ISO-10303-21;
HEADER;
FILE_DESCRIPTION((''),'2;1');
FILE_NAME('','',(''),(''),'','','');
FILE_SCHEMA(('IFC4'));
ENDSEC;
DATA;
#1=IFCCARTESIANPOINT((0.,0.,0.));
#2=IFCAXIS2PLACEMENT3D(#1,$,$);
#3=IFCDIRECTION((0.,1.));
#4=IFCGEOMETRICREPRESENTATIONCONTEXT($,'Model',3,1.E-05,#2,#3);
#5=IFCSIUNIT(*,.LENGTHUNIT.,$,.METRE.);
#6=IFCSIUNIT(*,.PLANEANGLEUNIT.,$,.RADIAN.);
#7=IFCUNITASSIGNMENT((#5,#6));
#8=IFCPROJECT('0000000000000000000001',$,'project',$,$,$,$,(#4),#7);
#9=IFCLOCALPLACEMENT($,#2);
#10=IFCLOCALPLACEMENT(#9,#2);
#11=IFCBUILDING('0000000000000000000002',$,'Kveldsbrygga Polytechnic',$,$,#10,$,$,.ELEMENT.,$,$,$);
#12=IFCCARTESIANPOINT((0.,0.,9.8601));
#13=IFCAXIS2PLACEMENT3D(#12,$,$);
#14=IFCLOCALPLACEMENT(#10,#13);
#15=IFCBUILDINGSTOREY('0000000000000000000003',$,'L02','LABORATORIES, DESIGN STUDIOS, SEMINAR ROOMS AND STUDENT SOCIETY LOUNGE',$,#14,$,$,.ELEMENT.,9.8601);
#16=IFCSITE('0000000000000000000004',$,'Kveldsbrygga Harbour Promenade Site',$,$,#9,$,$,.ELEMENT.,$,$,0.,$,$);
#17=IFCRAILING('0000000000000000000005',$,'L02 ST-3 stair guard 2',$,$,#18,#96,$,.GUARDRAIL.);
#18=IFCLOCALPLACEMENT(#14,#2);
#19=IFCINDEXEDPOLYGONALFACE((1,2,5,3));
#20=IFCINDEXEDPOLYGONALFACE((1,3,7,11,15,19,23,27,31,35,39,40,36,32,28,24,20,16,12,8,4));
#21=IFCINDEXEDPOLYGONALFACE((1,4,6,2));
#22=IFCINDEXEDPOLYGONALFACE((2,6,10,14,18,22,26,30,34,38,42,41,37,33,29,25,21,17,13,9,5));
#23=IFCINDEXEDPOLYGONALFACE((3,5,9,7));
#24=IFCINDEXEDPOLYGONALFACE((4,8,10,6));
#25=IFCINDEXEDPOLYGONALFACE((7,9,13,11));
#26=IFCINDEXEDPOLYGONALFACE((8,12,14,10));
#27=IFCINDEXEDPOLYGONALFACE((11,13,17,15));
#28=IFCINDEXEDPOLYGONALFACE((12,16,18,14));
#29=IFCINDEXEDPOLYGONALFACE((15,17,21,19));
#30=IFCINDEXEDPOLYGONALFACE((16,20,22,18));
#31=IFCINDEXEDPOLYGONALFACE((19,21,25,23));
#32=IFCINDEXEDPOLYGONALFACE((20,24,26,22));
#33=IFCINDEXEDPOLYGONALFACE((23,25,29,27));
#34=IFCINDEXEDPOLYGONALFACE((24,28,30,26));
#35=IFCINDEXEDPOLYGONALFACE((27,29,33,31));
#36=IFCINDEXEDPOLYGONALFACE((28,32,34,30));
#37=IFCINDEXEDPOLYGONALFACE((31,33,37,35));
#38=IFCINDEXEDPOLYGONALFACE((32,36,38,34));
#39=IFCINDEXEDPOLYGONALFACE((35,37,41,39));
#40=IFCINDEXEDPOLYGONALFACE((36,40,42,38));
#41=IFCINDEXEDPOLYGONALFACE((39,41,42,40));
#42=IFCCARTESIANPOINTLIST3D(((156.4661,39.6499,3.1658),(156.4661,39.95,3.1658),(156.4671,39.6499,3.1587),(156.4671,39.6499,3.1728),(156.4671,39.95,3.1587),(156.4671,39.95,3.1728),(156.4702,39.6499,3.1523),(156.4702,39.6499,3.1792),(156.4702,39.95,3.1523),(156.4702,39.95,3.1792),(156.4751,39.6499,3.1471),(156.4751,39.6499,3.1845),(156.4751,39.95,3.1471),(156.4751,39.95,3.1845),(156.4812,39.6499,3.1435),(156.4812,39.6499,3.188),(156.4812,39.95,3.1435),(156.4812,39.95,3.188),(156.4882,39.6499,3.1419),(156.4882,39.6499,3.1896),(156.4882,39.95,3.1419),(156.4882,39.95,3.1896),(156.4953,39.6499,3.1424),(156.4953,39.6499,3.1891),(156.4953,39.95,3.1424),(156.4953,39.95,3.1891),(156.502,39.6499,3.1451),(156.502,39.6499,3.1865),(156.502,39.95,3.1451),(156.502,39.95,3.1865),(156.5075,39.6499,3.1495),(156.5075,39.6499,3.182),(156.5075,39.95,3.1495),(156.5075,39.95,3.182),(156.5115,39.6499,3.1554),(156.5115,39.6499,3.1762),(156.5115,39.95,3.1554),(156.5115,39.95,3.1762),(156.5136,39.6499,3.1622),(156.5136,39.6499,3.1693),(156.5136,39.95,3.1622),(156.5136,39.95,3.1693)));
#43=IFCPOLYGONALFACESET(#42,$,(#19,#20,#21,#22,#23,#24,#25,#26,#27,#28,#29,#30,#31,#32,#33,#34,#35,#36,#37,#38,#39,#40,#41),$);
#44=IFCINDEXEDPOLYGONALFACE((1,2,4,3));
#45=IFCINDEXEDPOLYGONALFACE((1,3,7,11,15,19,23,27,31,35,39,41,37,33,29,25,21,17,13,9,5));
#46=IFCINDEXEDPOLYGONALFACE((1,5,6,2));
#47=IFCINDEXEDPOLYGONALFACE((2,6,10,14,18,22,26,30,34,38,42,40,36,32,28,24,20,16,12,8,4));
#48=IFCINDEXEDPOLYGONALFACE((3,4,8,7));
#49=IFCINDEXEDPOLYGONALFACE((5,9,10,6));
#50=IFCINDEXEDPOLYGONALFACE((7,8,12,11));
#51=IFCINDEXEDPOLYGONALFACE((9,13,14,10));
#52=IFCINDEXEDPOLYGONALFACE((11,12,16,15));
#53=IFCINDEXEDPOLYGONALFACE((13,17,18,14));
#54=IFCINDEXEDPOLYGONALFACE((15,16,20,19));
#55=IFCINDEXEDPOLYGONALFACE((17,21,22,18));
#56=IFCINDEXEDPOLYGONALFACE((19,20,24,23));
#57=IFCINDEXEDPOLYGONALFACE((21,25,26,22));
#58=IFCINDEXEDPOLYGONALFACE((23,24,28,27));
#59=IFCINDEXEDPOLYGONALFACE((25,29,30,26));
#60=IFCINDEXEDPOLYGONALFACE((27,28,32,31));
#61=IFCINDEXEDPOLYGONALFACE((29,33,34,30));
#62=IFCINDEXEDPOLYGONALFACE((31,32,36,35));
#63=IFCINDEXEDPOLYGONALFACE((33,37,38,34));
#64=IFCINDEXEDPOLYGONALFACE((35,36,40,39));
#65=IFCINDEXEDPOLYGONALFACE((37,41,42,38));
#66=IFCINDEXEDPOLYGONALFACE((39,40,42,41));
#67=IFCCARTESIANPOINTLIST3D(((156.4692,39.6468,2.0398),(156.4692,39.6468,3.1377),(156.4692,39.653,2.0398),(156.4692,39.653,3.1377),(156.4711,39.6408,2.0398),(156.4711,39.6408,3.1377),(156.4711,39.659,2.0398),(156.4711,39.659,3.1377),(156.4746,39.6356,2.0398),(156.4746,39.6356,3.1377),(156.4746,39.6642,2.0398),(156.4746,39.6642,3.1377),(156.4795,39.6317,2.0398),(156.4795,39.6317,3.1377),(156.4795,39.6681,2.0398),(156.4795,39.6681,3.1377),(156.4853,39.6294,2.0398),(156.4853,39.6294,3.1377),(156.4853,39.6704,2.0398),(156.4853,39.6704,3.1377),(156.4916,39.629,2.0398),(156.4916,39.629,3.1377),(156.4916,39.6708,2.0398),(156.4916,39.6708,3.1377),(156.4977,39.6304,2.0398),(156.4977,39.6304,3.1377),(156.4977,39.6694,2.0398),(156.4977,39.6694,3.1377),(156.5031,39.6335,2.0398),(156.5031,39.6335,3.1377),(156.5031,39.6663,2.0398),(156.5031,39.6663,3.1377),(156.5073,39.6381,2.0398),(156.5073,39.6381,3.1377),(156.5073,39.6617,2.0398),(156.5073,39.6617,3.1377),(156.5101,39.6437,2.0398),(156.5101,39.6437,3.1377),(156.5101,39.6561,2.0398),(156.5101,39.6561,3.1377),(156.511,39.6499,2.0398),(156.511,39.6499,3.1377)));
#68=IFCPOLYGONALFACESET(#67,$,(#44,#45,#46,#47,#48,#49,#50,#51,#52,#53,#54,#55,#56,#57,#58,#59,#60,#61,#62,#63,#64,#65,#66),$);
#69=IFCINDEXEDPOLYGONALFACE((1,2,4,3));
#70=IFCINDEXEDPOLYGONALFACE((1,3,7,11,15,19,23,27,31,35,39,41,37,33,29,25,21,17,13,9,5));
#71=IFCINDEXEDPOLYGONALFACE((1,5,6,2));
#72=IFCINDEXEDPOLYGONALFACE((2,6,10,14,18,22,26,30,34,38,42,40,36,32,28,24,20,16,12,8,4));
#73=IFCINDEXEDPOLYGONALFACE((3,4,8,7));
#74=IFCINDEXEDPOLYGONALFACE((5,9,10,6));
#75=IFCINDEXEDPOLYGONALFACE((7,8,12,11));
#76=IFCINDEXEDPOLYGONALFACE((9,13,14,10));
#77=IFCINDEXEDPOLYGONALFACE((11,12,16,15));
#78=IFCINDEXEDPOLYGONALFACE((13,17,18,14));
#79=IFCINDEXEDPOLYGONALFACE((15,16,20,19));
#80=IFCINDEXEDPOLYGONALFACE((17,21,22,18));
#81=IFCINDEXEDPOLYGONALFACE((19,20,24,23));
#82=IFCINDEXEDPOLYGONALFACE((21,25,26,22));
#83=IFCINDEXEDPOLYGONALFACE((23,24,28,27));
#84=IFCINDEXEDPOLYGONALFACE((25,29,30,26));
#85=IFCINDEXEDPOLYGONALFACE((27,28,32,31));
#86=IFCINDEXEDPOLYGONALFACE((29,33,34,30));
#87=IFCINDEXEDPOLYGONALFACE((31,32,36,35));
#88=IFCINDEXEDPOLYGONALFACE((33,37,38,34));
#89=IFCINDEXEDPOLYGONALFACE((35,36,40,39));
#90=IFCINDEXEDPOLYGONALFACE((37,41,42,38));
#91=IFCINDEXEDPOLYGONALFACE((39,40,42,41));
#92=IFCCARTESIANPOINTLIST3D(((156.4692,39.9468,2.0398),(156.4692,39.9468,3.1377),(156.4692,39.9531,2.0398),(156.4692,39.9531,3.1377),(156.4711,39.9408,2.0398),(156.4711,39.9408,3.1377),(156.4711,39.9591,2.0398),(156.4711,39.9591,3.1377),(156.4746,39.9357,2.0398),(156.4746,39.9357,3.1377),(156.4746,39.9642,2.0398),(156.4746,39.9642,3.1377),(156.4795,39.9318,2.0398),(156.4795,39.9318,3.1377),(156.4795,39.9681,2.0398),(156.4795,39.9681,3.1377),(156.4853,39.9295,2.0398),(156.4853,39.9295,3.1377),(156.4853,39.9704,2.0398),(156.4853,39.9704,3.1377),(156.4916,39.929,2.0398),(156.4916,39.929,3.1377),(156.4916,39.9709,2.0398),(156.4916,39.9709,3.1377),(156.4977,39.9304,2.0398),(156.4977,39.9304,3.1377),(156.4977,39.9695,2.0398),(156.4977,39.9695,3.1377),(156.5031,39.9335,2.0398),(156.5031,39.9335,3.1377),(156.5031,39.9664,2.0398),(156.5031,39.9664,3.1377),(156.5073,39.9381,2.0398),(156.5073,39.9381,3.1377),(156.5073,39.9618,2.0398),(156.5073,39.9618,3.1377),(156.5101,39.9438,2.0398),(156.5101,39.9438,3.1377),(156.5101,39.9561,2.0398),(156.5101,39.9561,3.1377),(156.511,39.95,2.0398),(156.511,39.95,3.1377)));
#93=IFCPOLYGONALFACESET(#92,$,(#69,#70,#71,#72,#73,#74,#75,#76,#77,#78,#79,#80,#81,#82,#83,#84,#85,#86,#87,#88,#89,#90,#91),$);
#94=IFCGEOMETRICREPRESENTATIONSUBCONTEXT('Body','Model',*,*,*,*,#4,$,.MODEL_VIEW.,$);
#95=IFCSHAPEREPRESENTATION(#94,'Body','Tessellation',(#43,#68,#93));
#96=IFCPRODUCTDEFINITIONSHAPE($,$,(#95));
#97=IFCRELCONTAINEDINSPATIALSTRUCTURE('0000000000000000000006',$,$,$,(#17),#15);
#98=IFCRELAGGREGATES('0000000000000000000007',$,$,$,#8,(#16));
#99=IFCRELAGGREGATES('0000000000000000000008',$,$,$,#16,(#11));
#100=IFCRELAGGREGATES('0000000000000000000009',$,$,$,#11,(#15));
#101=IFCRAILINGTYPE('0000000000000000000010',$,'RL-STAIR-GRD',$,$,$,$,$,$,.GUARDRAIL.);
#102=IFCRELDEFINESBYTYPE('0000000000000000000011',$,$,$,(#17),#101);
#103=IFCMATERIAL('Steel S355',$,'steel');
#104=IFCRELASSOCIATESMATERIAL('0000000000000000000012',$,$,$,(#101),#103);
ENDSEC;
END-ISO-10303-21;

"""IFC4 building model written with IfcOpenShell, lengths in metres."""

from ifc_helpers import new_model, si_unit, direction, frame, origin, origin_2d, place, context, subcontext, project, spatial, circle, extrude, material, type_object, element, save


model = new_model("IFC4")

# Units and contexts
model_context = context("Model", 3, precision=1e-05, world=origin(), true_north=direction((0.0, 1.0)))
body_context = subcontext(model_context, "Body", "Model", "MODEL_VIEW")
ifc_project = project(units=[si_unit("LENGTHUNIT", "METRE"), si_unit("PLANEANGLEUNIT", "RADIAN")], contexts=[model_context])

# Site, building, storey
site_placement = place(None, origin())
site = spatial("IfcSite", under=ifc_project, at=site_placement, Name="Kveldsbrygga Harbour Promenade Site", CompositionType="ELEMENT", RefElevation=0.0)
building_placement = place(site_placement, origin())
building = spatial("IfcBuilding", under=site, at=building_placement, Name="Kveldsbrygga Polytechnic", CompositionType="ELEMENT")
storey_placement = place(building_placement, frame((0.0, 0.0, 9.8601)))
storey = spatial("IfcBuildingStorey", under=building, at=storey_placement, Name="L02", Description="LABORATORIES, DESIGN STUDIOS, SEMINAR ROOMS AND STUDENT SOCIETY LOUNGE", CompositionType="ELEMENT", Elevation=9.8601)

# Shared definitions
ifc_material_1 = material(Name="Steel S355", Category="steel")

# Railing
railing_type_1 = type_object("IfcRailingType", Name="RL-STAIR-GRD", PredefinedType="GUARDRAIL", material=ifc_material_1)
railing_1_placement = place(storey_placement, frame((156.49, 39.6499, 2.0398)))
element("IfcRailing", 1, at=railing_1_placement, inside=storey, type_object=railing_type_1, Name="L02 ST-3 stair guard 2", PredefinedType="GUARDRAIL", context=body_context, shape_type="SweptSolid", body=[
    extrude(circle(Radius=0.0239, at=origin_2d()), frame((0.0, 0.0, 1.126), z_axis=(0.0, 1.0, 0.0), x_axis=(-1.0, 0.0, 0.0)), (0.0, 0.0, 1.0), 0.3),
    extrude(circle(Radius=0.021, at=origin_2d()), origin(), (0.0, 0.0, 1.0), 1.0979),
    extrude(circle(Radius=0.021, at=origin_2d()), frame((0.0, 0.3, 0.0)), (0.0, 0.0, 1.0), 1.0979),
])

save(model, "model.ifc")
